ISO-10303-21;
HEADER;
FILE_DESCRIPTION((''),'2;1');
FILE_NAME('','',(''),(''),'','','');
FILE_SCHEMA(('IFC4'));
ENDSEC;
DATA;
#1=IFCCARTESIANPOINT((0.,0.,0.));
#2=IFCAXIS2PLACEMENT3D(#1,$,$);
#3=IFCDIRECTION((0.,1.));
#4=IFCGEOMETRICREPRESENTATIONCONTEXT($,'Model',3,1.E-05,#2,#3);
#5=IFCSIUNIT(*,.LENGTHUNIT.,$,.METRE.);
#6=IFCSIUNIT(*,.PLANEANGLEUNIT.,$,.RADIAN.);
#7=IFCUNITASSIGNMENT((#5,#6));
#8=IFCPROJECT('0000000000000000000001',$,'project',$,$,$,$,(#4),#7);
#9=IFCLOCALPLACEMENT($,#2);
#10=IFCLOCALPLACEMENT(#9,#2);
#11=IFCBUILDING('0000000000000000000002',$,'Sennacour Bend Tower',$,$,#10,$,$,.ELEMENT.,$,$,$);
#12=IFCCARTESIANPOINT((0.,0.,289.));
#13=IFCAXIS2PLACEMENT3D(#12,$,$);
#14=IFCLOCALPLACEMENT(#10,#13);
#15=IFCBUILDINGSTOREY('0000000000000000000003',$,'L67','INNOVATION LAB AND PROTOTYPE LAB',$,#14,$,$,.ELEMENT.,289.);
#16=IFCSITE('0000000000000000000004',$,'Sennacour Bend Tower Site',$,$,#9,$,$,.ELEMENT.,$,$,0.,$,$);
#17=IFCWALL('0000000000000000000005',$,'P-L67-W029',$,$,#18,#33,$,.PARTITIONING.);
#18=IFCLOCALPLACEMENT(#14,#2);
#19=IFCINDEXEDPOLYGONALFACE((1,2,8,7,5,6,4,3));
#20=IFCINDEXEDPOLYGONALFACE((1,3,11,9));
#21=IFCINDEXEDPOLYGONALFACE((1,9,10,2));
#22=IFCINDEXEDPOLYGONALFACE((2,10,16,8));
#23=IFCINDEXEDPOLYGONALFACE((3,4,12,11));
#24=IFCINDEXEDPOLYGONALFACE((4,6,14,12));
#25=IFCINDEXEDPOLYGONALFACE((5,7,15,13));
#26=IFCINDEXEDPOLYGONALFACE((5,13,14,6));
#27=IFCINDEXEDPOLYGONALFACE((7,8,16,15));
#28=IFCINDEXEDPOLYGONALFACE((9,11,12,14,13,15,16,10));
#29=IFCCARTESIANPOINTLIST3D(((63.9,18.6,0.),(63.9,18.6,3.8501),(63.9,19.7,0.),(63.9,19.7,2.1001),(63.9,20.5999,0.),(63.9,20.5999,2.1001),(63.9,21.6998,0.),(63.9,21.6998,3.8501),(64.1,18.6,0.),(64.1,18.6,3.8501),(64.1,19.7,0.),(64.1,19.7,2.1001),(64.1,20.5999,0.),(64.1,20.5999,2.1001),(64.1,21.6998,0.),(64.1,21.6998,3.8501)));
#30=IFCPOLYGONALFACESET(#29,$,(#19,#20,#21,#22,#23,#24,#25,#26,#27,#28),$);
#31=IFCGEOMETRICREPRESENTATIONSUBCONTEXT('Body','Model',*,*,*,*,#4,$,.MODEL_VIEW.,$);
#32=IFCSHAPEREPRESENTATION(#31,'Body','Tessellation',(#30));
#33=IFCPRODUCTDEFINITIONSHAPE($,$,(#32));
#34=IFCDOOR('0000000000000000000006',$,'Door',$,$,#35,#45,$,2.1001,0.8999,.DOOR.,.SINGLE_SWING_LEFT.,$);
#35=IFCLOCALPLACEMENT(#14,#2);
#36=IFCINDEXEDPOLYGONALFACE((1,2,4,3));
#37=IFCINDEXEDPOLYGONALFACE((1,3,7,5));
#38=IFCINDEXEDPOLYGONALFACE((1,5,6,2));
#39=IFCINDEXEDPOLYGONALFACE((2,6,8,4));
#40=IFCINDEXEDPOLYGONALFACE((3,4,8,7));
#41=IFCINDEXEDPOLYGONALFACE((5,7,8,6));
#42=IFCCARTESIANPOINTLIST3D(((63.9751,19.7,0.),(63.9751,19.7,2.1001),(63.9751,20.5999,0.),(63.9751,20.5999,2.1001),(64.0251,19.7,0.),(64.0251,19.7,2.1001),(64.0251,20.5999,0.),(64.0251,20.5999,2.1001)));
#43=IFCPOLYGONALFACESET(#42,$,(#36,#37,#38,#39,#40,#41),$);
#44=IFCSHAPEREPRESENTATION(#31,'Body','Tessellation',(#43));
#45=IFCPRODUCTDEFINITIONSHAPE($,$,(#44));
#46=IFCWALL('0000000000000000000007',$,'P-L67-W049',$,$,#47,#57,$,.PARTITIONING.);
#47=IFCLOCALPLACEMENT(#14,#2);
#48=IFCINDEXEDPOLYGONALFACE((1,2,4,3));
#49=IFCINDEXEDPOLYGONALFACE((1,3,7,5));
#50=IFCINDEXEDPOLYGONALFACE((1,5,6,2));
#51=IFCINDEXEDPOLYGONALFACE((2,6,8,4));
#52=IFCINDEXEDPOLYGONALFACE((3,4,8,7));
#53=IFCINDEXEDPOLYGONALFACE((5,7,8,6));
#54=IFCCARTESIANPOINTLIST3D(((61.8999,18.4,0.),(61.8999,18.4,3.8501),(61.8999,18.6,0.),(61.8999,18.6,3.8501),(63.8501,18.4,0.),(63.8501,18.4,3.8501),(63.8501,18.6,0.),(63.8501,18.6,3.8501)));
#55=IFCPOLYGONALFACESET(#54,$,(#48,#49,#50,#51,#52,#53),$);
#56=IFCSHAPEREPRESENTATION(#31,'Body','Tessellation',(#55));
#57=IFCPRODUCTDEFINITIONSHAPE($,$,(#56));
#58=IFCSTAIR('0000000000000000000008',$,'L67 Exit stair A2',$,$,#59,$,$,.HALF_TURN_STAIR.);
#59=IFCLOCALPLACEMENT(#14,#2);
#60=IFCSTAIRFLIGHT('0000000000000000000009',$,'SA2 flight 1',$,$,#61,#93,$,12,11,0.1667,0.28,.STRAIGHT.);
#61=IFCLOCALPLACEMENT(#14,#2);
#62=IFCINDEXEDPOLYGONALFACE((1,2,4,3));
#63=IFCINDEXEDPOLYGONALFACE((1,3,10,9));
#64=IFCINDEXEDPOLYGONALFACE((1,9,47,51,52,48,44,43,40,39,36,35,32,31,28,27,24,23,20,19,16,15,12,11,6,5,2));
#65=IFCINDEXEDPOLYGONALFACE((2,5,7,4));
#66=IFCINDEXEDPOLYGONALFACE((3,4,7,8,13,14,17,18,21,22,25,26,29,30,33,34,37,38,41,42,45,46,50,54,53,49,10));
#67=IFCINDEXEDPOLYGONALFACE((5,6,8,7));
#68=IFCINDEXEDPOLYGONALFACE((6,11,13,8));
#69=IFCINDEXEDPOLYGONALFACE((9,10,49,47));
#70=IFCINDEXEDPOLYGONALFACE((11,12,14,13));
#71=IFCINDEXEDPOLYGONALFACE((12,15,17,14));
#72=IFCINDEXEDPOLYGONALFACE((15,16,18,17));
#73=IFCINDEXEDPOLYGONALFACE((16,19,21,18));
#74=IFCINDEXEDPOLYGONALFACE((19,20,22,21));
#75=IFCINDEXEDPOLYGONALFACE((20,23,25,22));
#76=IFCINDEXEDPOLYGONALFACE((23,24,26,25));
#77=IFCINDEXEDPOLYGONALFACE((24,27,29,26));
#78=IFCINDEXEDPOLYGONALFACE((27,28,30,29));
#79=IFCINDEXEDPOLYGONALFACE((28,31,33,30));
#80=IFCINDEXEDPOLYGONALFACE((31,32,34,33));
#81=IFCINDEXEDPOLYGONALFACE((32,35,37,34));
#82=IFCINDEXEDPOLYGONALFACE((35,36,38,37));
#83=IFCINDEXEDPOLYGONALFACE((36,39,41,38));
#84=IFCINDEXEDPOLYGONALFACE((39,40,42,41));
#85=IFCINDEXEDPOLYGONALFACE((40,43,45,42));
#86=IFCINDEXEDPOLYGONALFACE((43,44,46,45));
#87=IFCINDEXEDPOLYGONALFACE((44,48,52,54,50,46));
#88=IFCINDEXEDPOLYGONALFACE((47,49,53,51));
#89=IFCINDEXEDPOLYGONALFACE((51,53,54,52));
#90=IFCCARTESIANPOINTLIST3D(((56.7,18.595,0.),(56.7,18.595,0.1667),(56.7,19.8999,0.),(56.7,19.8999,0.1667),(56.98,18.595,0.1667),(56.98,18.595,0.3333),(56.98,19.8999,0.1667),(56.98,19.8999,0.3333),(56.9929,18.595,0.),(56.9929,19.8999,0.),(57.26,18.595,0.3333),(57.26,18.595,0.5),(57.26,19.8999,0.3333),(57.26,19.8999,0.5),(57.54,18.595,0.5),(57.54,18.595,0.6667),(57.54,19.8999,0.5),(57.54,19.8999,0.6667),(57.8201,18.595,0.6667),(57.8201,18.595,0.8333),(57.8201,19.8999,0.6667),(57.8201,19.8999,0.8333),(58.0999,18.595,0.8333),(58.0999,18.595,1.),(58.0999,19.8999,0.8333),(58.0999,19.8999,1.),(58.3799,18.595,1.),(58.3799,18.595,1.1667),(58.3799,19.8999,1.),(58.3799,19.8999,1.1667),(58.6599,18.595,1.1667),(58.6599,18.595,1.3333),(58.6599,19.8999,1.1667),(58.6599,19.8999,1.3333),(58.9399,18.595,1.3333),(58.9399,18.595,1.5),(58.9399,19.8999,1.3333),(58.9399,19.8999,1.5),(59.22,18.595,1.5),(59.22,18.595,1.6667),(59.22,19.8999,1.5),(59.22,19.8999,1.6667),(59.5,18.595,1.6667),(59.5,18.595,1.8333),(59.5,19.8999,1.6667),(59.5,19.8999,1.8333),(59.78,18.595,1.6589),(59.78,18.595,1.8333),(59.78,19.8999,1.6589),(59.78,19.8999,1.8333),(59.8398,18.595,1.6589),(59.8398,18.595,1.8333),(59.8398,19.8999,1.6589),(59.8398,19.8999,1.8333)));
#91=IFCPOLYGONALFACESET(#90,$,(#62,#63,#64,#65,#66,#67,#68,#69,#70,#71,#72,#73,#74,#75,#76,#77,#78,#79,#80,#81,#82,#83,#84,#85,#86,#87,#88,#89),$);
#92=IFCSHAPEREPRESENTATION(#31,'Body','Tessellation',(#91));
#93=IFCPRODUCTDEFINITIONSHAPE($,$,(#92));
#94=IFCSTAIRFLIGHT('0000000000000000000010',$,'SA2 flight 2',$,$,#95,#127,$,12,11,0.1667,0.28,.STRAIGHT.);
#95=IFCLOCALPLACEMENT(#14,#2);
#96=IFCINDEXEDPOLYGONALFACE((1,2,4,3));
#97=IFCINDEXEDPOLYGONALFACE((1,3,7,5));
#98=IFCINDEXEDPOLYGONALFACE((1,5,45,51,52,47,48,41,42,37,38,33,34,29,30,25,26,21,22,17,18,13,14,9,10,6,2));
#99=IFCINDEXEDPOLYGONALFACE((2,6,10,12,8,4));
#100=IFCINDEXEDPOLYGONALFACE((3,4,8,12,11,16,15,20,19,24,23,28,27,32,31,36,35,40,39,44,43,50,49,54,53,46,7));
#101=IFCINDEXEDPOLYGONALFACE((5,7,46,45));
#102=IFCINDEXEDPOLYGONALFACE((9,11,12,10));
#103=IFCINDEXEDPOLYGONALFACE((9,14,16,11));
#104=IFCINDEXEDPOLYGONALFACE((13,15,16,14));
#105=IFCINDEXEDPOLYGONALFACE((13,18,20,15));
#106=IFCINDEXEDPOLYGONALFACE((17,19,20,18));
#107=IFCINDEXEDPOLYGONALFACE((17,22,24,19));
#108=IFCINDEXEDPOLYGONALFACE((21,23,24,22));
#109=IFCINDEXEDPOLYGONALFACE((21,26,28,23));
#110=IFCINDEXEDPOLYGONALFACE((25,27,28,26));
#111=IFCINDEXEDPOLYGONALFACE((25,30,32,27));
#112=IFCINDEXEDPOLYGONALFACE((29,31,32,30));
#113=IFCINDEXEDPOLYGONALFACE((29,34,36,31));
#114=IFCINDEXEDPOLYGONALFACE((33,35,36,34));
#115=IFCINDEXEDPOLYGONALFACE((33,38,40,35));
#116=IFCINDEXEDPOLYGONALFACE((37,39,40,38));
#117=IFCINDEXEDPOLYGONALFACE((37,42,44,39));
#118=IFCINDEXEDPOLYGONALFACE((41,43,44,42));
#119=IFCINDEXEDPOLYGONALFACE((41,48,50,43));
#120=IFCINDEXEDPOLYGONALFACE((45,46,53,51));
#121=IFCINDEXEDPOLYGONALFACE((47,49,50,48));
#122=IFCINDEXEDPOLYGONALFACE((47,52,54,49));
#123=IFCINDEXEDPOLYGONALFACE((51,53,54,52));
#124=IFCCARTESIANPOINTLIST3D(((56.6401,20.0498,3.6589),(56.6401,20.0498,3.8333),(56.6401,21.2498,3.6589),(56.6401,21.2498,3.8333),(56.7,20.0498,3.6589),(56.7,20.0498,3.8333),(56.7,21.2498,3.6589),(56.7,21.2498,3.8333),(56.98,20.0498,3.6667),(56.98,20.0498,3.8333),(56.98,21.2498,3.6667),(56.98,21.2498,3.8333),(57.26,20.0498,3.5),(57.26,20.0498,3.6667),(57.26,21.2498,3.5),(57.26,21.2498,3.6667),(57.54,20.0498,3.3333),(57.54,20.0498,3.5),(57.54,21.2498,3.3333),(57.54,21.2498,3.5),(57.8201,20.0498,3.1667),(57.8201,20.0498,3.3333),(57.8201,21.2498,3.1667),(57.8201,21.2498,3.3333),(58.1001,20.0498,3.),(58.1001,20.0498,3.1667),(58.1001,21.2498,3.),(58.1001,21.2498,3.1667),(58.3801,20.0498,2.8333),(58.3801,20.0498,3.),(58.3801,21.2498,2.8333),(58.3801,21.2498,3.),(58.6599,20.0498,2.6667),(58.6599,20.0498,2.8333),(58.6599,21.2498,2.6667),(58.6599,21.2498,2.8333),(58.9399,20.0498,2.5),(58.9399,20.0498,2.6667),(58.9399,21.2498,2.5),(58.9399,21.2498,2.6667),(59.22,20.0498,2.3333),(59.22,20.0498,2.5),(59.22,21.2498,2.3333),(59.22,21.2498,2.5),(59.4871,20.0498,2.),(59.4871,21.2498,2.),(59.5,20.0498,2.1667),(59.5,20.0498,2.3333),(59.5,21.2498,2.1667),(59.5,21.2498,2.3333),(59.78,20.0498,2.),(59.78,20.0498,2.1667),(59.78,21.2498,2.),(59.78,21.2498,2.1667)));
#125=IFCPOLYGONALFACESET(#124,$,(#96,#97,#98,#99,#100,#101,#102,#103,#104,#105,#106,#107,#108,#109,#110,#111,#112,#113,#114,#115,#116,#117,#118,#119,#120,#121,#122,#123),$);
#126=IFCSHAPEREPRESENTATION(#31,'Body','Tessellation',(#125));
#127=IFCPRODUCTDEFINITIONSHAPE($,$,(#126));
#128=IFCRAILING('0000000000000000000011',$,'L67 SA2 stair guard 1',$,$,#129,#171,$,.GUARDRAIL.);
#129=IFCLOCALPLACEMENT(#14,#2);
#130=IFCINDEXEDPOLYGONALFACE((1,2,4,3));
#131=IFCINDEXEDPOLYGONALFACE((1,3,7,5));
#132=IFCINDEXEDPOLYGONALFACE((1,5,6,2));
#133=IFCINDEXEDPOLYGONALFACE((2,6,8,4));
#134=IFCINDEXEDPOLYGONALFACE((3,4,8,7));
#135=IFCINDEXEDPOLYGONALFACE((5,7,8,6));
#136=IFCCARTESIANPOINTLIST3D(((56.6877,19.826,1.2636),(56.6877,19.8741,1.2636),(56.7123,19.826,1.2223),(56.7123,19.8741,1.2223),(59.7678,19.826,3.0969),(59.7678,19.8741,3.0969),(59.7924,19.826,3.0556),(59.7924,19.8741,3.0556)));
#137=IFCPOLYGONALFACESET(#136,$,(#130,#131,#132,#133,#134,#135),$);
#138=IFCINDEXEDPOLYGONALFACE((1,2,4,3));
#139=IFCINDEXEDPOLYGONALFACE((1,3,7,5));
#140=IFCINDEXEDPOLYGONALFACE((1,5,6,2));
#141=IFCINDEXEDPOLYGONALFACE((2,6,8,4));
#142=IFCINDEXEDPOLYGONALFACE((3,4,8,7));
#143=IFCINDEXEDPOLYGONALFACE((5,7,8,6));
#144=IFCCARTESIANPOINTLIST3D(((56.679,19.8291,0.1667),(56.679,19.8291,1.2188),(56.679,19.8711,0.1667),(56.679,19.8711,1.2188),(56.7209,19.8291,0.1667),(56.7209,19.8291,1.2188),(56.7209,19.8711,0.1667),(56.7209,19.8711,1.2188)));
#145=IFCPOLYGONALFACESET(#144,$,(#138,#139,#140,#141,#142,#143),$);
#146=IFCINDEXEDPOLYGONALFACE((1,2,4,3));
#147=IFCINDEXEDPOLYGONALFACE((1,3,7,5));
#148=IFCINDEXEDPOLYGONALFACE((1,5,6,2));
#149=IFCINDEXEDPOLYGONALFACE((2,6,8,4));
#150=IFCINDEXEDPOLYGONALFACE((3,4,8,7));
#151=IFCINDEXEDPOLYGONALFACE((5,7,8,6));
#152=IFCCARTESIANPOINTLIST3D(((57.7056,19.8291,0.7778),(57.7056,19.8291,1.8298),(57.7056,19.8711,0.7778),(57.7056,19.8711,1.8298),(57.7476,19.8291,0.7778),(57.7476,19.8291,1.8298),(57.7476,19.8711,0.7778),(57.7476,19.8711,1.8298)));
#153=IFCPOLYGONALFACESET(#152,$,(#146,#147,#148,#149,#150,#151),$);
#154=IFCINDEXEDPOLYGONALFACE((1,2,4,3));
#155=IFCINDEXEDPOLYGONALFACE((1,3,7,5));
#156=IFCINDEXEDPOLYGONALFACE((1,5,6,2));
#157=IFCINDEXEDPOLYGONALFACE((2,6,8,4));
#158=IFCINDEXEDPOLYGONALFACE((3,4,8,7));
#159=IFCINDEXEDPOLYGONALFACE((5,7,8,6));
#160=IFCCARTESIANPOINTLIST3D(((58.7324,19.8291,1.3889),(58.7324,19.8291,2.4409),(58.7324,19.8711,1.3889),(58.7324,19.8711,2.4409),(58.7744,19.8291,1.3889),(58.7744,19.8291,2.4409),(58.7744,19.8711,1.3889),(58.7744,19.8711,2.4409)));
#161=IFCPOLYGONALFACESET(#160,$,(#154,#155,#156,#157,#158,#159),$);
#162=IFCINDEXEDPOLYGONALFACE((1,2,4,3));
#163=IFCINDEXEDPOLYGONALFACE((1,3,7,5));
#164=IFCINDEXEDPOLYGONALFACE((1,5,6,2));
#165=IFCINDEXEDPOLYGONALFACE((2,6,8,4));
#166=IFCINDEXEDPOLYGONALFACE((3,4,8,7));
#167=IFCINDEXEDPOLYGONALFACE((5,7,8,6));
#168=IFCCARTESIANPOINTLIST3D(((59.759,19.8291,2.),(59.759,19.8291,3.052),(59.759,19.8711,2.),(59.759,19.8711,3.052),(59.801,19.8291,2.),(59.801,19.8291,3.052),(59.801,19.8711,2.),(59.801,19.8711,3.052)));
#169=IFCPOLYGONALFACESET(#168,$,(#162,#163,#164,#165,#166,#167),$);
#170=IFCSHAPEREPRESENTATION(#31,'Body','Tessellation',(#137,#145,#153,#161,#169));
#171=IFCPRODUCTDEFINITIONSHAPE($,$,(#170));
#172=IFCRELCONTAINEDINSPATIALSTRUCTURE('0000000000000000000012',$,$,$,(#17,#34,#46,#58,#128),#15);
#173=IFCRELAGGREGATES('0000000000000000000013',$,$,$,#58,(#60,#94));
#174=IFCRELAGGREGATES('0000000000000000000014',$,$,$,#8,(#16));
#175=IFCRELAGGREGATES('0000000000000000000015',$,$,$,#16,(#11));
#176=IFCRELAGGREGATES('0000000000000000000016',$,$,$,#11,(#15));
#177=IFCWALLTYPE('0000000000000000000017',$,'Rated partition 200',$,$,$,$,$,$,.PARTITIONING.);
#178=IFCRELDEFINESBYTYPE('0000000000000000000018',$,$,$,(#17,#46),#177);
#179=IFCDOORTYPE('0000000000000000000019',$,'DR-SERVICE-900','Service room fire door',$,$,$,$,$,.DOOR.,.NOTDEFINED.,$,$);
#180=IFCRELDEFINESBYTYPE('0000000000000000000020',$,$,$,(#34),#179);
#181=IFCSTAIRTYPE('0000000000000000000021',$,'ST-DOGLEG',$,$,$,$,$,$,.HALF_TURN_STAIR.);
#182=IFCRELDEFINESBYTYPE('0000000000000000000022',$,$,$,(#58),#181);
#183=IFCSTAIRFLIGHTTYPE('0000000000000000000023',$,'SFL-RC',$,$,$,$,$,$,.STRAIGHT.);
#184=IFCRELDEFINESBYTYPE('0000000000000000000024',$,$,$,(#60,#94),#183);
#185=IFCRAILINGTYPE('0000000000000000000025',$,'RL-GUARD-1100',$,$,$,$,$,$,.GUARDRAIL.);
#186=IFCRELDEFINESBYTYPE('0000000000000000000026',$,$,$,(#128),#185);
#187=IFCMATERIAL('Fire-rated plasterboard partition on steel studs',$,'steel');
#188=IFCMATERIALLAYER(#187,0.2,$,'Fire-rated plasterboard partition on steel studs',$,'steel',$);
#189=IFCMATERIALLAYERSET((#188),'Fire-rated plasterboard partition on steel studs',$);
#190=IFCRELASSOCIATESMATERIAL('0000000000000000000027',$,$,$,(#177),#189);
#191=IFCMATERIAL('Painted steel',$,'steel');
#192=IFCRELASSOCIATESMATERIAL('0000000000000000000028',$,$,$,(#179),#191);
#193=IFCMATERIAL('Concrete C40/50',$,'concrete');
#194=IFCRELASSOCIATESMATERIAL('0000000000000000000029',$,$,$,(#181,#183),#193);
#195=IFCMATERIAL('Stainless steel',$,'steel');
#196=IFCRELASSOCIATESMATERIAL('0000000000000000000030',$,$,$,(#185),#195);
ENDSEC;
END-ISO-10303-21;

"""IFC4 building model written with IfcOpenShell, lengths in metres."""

from ifc_helpers import new_model, si_unit, direction, frame, frame_2d, origin, origin_2d, place, context, subcontext, project, spatial, polyline, rectangle, outline, extrude, material, layer, layer_set, type_object, element, fill, aggregate, save


model = new_model("IFC4")

# Units and contexts
model_context = context("Model", 3, precision=1e-05, world=origin(), true_north=direction((0.0, 1.0)))
body_context = subcontext(model_context, "Body", "Model", "MODEL_VIEW")
ifc_project = project(units=[si_unit("LENGTHUNIT", "METRE"), si_unit("PLANEANGLEUNIT", "RADIAN")], contexts=[model_context])

# Site, building, storey
site_placement = place(None, origin())
site = spatial("IfcSite", under=ifc_project, at=site_placement, Name="Sennacour Bend Tower Site", CompositionType="ELEMENT", RefElevation=0.0)
building_placement = place(site_placement, origin())
building = spatial("IfcBuilding", under=site, at=building_placement, Name="Sennacour Bend Tower", CompositionType="ELEMENT")
storey_placement = place(building_placement, frame((0.0, 0.0, 289.0)))
storey = spatial("IfcBuildingStorey", under=building, at=storey_placement, Name="L67", Description="INNOVATION LAB AND PROTOTYPE LAB", CompositionType="ELEMENT", Elevation=289.0)

# Wall, opening, door
ifc_material_1 = material(Name="Fire-rated plasterboard partition on steel studs", Category="steel")
ifc_layer = layer(ifc_material_1, 0.2, Name="Fire-rated plasterboard partition on steel studs", Category="steel")
ifc_layer_set = layer_set([ifc_layer], Name="Fire-rated plasterboard partition on steel studs")
wall_type = type_object("IfcWallType", Name="Rated partition 200", PredefinedType="PARTITIONING", material=ifc_layer_set)
wall_1_placement = place(storey_placement, frame((64.0, 18.6001, 0.0), z_axis=(0.0, 0.0, 1.0), x_axis=(0.0, 1.0, 0.0)))
wall_1 = element("IfcWall", 1, at=wall_1_placement, inside=storey, type_object=wall_type, Name="P-L67-W029", PredefinedType="PARTITIONING", context=body_context, shape_type="SweptSolid", body=[
    extrude(rectangle(XDim=3.0999, YDim=0.2, at=frame_2d((1.5498, 0.0))), origin(), (0.0, 0.0, 1.0), 3.8501),
])
opening_placement = place(wall_1_placement, frame((1.0999, 0.0, 0.0)))
opening = element("IfcOpeningElement", 2, at=opening_placement, cuts=wall_1, PredefinedType="OPENING", context=body_context, shape_type="SweptSolid", body=[
    extrude(rectangle(XDim=0.8999, YDim=2.1001, at=frame_2d((0.45, 1.05))), frame((0.0, 0.1099, 0.0), z_axis=(0.0, -1.0, 0.0), x_axis=(1.0, 0.0, 0.0)), (0.0, 0.0, 1.0), 0.22),
])
ifc_material_2 = material(Name="Painted steel", Category="steel")
door_type = type_object("IfcDoorType", Name="DR-SERVICE-900", Description="Service room fire door", OperationType="NOTDEFINED", PredefinedType="DOOR", material=ifc_material_2)
door_placement = place(opening_placement, origin())
door = element("IfcDoor", 3, at=door_placement, inside=storey, type_object=door_type, Name="Door", OperationType="SINGLE_SWING_LEFT", OverallHeight=2.1001, OverallWidth=0.8999, PredefinedType="DOOR", context=body_context, shape_type="SweptSolid", body=[
    extrude(rectangle(XDim=0.8999, YDim=2.1001, at=frame_2d((0.45, 1.05))), frame((0.0, 0.0249, 0.0), z_axis=(0.0, -1.0, 0.0), x_axis=(1.0, 0.0, 0.0)), (0.0, 0.0, 1.0), 0.05),
])
fill(opening, door)

# Wall
wall_2_placement = place(storey_placement, frame((61.8999, 18.5, 0.0), z_axis=(0.0, 0.0, 1.0), x_axis=(1.0, 0.0, 0.0)))
element("IfcWall", 4, at=wall_2_placement, inside=storey, type_object=wall_type, Name="P-L67-W049", PredefinedType="PARTITIONING", context=body_context, shape_type="SweptSolid", body=[
    extrude(rectangle(XDim=1.9502, YDim=0.2, at=frame_2d((0.9751, 0.0))), origin(), (0.0, 0.0, 1.0), 3.8501),
])

# Stair, stair flights
ifc_material_3 = material(Name="Concrete C40/50", Category="concrete")
stair_type = type_object("IfcStairType", Name="ST-DOGLEG", PredefinedType="HALF_TURN_STAIR", material=ifc_material_3)
stair_placement = place(storey_placement, origin())
stair = element("IfcStair", 5, at=stair_placement, inside=storey, type_object=stair_type, Name="L67 Exit stair A2", PredefinedType="HALF_TURN_STAIR")
stair_flight_type = type_object("IfcStairFlightType", Name="SFL-RC", PredefinedType="STRAIGHT", material=ifc_material_3)
stair_flight_1_placement = place(storey_placement, frame((56.7, 19.2476, 0.0), z_axis=(0.0, 0.0, 1.0), x_axis=(1.0, 0.0, 0.0)))
stair_flight_1 = element("IfcStairFlight", 6, at=stair_flight_1_placement, type_object=stair_flight_type, Name="SA2 flight 1", NumberOfRisers=12, NumberOfTreads=11, PredefinedType="STRAIGHT", RiserHeight=0.1667, TreadLength=0.28, context=body_context, shape_type="SweptSolid", body=[
    extrude(outline(polyline([(0.0, 0.0), (0.0, 0.1667), (0.28, 0.1667), (0.28, 0.3333), (0.5601, 0.3333), (0.5601, 0.5), (0.8401, 0.5), (0.8401, 0.6667), (1.1201, 0.6667), (1.1201, 0.8333), (1.3999, 0.8333), (1.3999, 1.0), (1.6799, 1.0), (1.6799, 1.1667), (1.96, 1.1667), (1.96, 1.3333), (2.24, 1.3333), (2.24, 1.5), (2.52, 1.5), (2.52, 1.6667), (2.8, 1.6667), (2.8, 1.8333), (3.0801, 1.8333), (3.1399, 1.8333), (3.1399, 1.6589), (3.0801, 1.6589), (0.293, 0.0), (0.0, 0.0)])), frame((0.0, 0.6523, 0.0), z_axis=(0.0, -1.0, 0.0), x_axis=(1.0, 0.0, 0.0)), (0.0, 0.0, 1.0), 1.3049),
])
stair_flight_2_placement = place(storey_placement, frame((59.78, 20.6499, 2.0), z_axis=(0.0, 0.0, 1.0), x_axis=(-1.0, 0.0, 0.0)))
stair_flight_2 = element("IfcStairFlight", 7, at=stair_flight_2_placement, type_object=stair_flight_type, Name="SA2 flight 2", NumberOfRisers=12, NumberOfTreads=11, PredefinedType="STRAIGHT", RiserHeight=0.1667, TreadLength=0.28, context=body_context, shape_type="SweptSolid", body=[
    extrude(outline(polyline([(0.0, 0.0), (0.0, 0.1667), (0.28, 0.1667), (0.28, 0.3333), (0.5601, 0.3333), (0.5601, 0.5), (0.8401, 0.5), (0.8401, 0.6667), (1.1201, 0.6667), (1.1201, 0.8333), (1.3999, 0.8333), (1.3999, 1.0), (1.6799, 1.0), (1.6799, 1.1667), (1.96, 1.1667), (1.96, 1.3333), (2.24, 1.3333), (2.24, 1.5), (2.52, 1.5), (2.52, 1.6667), (2.8, 1.6667), (2.8, 1.8333), (3.0801, 1.8333), (3.1399, 1.8333), (3.1399, 1.6589), (3.0801, 1.6589), (0.293, 0.0), (0.0, 0.0)])), frame((0.0, 0.6001, 0.0), z_axis=(0.0, -1.0, 0.0), x_axis=(1.0, 0.0, 0.0)), (0.0, 0.0, 1.0), 1.2),
])
aggregate(stair, [stair_flight_1, stair_flight_2])

# Railing
ifc_material_4 = material(Name="Stainless steel", Category="steel")
railing_type_1 = type_object("IfcRailingType", Name="RL-GUARD-1100", PredefinedType="GUARDRAIL", material=ifc_material_4)
railing_1_placement = place(storey_placement, frame((56.7, 19.8501, 0.1667)))
element("IfcRailing", 8, at=railing_1_placement, inside=storey, type_object=railing_type_1, Name="L67 SA2 stair guard 1", PredefinedType="GUARDRAIL", context=body_context, shape_type="SweptSolid", body=[
    extrude(rectangle(XDim=0.0481, YDim=0.0481, at=origin_2d()), frame((0.0, 0.0, 1.0762), z_axis=(0.859309, 0.0, 0.511458), x_axis=(0.0, 1.0, 0.0)), (0.0, 0.0, 1.0), 3.5845),
    extrude(rectangle(XDim=0.042, YDim=0.042, at=origin_2d()), origin(), (0.0, 0.0, 1.0), 1.052),
    extrude(rectangle(XDim=0.042, YDim=0.042, at=origin_2d()), frame((1.0266, 0.0, 0.6111)), (0.0, 0.0, 1.0), 1.052),
    extrude(rectangle(XDim=0.042, YDim=0.042, at=origin_2d()), frame((2.0535, 0.0, 1.2222)), (0.0, 0.0, 1.0), 1.052),
    extrude(rectangle(XDim=0.042, YDim=0.042, at=origin_2d()), frame((3.0801, 0.0, 1.8333)), (0.0, 0.0, 1.0), 1.052),
])

save(model, "model.ifc")
